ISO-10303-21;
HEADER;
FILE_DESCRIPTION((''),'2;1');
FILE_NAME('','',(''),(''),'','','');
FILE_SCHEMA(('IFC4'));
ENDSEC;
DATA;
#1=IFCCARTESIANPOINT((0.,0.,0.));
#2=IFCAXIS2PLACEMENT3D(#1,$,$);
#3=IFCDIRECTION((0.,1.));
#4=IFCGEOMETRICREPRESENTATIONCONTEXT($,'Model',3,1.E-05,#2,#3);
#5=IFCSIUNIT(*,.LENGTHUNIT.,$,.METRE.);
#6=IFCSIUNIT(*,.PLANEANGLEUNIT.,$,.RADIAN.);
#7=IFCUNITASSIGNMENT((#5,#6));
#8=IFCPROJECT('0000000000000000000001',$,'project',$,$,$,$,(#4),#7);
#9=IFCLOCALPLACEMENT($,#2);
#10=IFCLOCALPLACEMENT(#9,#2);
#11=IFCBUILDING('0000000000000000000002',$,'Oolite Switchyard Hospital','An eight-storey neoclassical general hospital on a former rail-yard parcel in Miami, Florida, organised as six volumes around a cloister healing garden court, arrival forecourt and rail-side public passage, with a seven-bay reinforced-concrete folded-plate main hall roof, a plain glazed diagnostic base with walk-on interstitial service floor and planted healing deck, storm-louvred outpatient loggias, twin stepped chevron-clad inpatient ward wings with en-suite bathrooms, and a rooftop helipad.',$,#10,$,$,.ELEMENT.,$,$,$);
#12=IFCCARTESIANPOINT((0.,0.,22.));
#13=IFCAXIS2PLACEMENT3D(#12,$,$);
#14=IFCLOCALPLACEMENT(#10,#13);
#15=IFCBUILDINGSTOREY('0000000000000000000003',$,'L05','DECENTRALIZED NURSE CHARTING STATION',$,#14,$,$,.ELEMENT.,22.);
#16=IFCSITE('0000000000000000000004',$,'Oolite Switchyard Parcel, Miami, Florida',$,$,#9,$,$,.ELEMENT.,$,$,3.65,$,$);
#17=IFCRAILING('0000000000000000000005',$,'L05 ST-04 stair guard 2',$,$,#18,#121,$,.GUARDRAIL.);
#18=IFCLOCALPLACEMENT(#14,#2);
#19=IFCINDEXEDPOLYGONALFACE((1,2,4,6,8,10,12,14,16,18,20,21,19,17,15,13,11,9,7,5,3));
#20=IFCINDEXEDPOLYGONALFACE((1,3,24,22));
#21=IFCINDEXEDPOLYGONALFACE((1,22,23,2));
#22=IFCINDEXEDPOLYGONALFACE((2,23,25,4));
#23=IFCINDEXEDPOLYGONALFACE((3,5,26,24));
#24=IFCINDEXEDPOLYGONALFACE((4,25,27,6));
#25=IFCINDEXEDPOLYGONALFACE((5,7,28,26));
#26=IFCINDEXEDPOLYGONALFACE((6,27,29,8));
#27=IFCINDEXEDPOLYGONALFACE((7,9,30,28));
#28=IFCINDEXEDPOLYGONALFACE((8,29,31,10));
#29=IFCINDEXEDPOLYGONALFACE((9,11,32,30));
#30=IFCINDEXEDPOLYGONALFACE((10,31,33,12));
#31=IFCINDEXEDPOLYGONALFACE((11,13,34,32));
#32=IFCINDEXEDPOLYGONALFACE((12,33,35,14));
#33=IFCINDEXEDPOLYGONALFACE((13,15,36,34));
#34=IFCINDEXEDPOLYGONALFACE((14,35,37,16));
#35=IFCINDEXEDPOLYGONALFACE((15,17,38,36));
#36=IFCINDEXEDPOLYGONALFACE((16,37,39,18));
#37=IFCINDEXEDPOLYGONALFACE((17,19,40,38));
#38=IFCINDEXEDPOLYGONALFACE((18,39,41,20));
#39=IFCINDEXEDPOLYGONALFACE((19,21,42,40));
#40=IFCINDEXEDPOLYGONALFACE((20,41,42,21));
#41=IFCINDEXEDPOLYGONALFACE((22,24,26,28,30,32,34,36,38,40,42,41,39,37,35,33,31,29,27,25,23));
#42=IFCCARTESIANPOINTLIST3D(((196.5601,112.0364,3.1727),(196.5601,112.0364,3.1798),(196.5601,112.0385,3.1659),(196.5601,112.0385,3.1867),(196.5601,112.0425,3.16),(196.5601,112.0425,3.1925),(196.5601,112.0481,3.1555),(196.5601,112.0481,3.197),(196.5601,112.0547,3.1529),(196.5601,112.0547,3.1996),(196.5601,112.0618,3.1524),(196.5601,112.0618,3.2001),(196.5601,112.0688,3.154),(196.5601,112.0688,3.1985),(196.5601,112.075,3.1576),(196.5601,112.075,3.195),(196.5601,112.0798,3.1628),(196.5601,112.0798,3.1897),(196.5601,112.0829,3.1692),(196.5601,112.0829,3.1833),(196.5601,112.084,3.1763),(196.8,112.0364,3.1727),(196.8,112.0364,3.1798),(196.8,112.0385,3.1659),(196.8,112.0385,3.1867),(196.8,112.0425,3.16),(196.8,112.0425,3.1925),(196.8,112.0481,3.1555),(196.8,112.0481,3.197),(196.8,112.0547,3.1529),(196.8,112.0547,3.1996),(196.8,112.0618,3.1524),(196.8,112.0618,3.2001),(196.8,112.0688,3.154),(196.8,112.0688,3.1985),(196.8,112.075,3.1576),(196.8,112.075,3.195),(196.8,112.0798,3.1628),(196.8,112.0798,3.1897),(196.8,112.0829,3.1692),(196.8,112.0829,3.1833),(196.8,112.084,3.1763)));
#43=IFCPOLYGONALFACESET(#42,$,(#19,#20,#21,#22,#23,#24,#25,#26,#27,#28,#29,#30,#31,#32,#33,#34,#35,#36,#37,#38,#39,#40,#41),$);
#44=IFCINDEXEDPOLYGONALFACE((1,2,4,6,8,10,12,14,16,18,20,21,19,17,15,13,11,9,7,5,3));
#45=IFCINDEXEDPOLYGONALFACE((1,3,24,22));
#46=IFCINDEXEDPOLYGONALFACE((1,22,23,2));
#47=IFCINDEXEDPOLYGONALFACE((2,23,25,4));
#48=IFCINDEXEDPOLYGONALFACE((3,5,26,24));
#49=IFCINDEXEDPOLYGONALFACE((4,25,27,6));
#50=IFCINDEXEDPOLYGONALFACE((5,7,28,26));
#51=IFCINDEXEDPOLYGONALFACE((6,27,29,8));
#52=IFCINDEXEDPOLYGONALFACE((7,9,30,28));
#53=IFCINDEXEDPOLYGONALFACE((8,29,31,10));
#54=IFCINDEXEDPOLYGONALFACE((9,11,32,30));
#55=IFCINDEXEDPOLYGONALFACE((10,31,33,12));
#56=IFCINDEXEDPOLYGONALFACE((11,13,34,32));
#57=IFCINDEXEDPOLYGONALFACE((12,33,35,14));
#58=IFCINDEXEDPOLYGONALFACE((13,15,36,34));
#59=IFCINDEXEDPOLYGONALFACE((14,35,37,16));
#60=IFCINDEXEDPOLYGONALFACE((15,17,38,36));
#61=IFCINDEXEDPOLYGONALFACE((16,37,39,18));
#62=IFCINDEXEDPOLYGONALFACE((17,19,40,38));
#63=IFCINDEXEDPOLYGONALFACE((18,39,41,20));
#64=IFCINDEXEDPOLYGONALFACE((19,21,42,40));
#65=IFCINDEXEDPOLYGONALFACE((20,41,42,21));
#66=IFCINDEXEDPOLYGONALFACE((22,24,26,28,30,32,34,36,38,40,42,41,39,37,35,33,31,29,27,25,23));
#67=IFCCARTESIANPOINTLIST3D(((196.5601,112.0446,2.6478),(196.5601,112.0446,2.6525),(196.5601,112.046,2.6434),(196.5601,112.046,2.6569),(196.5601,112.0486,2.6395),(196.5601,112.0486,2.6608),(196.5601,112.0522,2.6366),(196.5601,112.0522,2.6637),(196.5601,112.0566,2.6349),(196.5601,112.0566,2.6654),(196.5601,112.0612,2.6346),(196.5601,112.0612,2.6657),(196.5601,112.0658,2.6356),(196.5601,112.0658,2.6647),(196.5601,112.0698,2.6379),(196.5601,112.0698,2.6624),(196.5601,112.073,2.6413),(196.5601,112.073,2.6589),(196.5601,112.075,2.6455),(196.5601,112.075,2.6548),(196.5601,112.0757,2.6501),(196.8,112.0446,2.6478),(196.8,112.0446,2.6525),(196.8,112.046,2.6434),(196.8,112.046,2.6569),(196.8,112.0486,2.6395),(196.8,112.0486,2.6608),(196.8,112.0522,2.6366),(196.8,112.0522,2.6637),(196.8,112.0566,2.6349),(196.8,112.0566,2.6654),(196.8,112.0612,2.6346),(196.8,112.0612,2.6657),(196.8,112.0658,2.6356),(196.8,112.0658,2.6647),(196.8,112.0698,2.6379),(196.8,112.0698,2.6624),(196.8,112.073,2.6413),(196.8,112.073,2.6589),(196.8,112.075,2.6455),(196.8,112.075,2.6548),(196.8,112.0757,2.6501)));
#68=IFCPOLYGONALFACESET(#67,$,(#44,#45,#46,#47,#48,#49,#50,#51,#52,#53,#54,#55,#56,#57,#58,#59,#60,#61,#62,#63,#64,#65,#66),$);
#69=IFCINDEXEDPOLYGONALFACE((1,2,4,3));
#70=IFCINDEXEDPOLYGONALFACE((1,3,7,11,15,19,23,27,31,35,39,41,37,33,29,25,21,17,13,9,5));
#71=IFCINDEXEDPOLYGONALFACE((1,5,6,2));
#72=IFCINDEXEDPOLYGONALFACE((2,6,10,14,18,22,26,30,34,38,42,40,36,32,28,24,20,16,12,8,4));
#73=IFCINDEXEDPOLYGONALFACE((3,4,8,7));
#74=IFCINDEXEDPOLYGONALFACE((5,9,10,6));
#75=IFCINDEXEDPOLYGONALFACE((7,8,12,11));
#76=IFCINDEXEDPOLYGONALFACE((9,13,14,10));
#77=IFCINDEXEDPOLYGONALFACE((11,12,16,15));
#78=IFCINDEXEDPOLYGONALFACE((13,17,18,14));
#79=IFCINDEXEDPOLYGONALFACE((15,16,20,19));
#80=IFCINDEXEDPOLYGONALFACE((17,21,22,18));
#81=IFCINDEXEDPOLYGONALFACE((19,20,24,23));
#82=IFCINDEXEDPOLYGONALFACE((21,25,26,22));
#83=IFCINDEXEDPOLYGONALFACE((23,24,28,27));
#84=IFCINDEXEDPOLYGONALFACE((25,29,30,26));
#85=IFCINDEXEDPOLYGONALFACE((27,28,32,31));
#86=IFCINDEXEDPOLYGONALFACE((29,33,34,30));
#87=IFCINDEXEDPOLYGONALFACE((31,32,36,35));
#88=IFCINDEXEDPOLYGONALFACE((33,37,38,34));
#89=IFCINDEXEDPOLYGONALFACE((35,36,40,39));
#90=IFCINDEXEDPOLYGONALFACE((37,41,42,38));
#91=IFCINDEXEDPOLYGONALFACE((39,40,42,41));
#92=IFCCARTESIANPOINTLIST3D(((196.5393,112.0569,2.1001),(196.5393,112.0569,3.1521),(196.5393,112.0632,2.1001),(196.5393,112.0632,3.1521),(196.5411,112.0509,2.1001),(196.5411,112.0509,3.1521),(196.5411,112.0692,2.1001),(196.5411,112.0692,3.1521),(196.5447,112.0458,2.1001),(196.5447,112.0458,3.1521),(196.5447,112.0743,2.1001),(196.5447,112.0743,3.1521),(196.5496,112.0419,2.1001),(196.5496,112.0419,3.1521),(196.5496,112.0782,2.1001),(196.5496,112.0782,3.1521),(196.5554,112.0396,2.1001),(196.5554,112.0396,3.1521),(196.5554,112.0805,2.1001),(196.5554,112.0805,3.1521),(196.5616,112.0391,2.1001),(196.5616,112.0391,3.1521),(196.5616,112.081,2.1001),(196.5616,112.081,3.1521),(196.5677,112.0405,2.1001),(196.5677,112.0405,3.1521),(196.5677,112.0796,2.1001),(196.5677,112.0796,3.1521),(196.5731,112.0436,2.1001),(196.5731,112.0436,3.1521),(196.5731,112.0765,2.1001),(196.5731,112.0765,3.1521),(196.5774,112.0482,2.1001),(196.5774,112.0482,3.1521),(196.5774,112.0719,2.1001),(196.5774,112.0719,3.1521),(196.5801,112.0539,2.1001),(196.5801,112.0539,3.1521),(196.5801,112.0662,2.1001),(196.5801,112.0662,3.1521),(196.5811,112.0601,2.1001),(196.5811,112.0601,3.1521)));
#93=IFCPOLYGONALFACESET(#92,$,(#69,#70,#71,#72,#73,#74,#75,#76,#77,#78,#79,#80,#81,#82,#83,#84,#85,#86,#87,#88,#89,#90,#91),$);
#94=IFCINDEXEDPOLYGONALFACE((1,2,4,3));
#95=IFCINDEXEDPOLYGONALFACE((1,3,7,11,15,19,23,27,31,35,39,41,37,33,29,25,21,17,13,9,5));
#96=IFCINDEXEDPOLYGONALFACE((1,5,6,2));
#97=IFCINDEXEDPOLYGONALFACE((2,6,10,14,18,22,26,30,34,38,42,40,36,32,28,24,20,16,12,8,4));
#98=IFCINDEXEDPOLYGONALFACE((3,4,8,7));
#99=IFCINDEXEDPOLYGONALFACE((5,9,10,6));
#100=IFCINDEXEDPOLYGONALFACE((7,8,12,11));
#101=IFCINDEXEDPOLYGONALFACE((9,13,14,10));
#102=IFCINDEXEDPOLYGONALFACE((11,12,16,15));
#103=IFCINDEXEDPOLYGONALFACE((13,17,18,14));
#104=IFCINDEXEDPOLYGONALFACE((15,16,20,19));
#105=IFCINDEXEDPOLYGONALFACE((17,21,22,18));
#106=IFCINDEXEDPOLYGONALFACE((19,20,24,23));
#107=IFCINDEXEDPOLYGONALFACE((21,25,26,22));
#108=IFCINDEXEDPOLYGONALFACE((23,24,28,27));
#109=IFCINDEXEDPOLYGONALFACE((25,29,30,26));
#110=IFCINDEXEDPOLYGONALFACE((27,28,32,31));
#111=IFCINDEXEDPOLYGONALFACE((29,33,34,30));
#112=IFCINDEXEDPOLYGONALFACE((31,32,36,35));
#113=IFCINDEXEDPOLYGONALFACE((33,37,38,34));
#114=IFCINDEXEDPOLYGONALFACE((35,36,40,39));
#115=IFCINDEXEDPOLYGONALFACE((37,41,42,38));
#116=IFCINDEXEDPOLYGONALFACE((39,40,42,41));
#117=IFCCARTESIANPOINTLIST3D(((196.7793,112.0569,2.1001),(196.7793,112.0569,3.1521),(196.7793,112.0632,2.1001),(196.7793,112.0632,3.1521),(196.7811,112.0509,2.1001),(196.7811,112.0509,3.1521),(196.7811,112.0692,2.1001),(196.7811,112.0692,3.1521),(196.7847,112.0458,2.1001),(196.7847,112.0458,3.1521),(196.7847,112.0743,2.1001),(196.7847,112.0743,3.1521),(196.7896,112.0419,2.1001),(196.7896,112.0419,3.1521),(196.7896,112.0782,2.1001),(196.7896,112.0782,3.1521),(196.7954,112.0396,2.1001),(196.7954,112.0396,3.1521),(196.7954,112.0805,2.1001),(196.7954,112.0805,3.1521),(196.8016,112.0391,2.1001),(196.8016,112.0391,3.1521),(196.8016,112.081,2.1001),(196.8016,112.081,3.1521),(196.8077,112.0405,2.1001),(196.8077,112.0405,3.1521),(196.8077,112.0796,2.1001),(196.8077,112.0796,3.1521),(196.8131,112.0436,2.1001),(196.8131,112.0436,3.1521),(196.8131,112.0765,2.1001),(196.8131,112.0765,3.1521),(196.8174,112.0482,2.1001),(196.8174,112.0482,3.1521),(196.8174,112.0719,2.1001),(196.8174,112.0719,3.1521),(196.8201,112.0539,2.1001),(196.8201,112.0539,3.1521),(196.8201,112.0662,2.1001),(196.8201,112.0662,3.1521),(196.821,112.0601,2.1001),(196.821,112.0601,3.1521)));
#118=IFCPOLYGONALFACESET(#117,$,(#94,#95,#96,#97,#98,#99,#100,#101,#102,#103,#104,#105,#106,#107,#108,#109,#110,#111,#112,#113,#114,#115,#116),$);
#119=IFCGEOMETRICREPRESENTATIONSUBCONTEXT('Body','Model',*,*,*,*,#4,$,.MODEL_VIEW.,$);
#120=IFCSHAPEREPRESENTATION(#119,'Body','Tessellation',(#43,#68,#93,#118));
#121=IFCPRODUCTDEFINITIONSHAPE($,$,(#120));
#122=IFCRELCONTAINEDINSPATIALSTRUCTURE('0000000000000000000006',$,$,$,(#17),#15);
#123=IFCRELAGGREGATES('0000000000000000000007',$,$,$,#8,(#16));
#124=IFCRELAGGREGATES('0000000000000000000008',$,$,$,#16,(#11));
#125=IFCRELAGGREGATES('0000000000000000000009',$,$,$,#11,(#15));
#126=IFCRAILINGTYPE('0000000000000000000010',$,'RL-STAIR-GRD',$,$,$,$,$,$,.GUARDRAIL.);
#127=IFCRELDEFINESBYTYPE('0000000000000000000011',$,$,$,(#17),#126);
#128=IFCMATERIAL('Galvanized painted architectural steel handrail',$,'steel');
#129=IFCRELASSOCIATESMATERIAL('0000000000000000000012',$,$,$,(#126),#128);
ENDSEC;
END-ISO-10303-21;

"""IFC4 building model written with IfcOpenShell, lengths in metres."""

from ifc_helpers import new_model, si_unit, direction, frame, origin, origin_2d, place, context, subcontext, project, spatial, circle, extrude, material, type_object, element, save


model = new_model("IFC4")

# Units and contexts
model_context = context("Model", 3, precision=1e-05, world=origin(), true_north=direction((0.0, 1.0)))
body_context = subcontext(model_context, "Body", "Model", "MODEL_VIEW")
ifc_project = project(units=[si_unit("LENGTHUNIT", "METRE"), si_unit("PLANEANGLEUNIT", "RADIAN")], contexts=[model_context])

# Site, building, storey
site_placement = place(None, origin())
site = spatial("IfcSite", under=ifc_project, at=site_placement, Name="Oolite Switchyard Parcel, Miami, Florida", CompositionType="ELEMENT", RefElevation=3.65)
building_placement = place(site_placement, origin())
building = spatial("IfcBuilding", under=site, at=building_placement, Name="Oolite Switchyard Hospital", Description="An eight-storey neoclassical general hospital on a former rail-yard parcel in Miami, Florida, organised as six volumes around a cloister healing garden court, arrival forecourt and rail-side public passage, with a seven-bay reinforced-concrete folded-plate main hall roof, a plain glazed diagnostic base with walk-on interstitial service floor and planted healing deck, storm-louvred outpatient loggias, twin stepped chevron-clad inpatient ward wings with en-suite bathrooms, and a rooftop helipad.", CompositionType="ELEMENT")
storey_placement = place(building_placement, frame((0.0, 0.0, 22.0)))
storey = spatial("IfcBuildingStorey", under=building, at=storey_placement, Name="L05", Description="DECENTRALIZED NURSE CHARTING STATION", CompositionType="ELEMENT", Elevation=22.0)

# Railing
ifc_material_1 = material(Name="Galvanized painted architectural steel handrail", Category="steel")
railing_type_1 = type_object("IfcRailingType", Name="RL-STAIR-GRD", PredefinedType="GUARDRAIL", material=ifc_material_1)
railing_1_placement = place(storey_placement, frame((196.5601, 112.0601, 2.1001)))
element("IfcRailing", 1, at=railing_1_placement, inside=storey, type_object=railing_type_1, Name="L05 ST-04 stair guard 2", PredefinedType="GUARDRAIL", context=body_context, shape_type="SweptSolid", body=[
    extrude(circle(Radius=0.0239, at=origin_2d()), frame((0.0, 0.0, 1.0762), z_axis=(1.0, 0.0, 0.0), x_axis=(0.0, 1.0, 0.0)), (0.0, 0.0, 1.0), 0.24),
    extrude(circle(Radius=0.0156, at=origin_2d()), frame((0.0, 0.0, 0.55), z_axis=(1.0, 0.0, 0.0), x_axis=(0.0, 1.0, 0.0)), (0.0, 0.0, 1.0), 0.24),
    extrude(circle(Radius=0.021, at=origin_2d()), origin(), (0.0, 0.0, 1.0), 1.052),
    extrude(circle(Radius=0.021, at=origin_2d()), frame((0.24, 0.0, 0.0)), (0.0, 0.0, 1.0), 1.052),
])

save(model, "model.ifc")
